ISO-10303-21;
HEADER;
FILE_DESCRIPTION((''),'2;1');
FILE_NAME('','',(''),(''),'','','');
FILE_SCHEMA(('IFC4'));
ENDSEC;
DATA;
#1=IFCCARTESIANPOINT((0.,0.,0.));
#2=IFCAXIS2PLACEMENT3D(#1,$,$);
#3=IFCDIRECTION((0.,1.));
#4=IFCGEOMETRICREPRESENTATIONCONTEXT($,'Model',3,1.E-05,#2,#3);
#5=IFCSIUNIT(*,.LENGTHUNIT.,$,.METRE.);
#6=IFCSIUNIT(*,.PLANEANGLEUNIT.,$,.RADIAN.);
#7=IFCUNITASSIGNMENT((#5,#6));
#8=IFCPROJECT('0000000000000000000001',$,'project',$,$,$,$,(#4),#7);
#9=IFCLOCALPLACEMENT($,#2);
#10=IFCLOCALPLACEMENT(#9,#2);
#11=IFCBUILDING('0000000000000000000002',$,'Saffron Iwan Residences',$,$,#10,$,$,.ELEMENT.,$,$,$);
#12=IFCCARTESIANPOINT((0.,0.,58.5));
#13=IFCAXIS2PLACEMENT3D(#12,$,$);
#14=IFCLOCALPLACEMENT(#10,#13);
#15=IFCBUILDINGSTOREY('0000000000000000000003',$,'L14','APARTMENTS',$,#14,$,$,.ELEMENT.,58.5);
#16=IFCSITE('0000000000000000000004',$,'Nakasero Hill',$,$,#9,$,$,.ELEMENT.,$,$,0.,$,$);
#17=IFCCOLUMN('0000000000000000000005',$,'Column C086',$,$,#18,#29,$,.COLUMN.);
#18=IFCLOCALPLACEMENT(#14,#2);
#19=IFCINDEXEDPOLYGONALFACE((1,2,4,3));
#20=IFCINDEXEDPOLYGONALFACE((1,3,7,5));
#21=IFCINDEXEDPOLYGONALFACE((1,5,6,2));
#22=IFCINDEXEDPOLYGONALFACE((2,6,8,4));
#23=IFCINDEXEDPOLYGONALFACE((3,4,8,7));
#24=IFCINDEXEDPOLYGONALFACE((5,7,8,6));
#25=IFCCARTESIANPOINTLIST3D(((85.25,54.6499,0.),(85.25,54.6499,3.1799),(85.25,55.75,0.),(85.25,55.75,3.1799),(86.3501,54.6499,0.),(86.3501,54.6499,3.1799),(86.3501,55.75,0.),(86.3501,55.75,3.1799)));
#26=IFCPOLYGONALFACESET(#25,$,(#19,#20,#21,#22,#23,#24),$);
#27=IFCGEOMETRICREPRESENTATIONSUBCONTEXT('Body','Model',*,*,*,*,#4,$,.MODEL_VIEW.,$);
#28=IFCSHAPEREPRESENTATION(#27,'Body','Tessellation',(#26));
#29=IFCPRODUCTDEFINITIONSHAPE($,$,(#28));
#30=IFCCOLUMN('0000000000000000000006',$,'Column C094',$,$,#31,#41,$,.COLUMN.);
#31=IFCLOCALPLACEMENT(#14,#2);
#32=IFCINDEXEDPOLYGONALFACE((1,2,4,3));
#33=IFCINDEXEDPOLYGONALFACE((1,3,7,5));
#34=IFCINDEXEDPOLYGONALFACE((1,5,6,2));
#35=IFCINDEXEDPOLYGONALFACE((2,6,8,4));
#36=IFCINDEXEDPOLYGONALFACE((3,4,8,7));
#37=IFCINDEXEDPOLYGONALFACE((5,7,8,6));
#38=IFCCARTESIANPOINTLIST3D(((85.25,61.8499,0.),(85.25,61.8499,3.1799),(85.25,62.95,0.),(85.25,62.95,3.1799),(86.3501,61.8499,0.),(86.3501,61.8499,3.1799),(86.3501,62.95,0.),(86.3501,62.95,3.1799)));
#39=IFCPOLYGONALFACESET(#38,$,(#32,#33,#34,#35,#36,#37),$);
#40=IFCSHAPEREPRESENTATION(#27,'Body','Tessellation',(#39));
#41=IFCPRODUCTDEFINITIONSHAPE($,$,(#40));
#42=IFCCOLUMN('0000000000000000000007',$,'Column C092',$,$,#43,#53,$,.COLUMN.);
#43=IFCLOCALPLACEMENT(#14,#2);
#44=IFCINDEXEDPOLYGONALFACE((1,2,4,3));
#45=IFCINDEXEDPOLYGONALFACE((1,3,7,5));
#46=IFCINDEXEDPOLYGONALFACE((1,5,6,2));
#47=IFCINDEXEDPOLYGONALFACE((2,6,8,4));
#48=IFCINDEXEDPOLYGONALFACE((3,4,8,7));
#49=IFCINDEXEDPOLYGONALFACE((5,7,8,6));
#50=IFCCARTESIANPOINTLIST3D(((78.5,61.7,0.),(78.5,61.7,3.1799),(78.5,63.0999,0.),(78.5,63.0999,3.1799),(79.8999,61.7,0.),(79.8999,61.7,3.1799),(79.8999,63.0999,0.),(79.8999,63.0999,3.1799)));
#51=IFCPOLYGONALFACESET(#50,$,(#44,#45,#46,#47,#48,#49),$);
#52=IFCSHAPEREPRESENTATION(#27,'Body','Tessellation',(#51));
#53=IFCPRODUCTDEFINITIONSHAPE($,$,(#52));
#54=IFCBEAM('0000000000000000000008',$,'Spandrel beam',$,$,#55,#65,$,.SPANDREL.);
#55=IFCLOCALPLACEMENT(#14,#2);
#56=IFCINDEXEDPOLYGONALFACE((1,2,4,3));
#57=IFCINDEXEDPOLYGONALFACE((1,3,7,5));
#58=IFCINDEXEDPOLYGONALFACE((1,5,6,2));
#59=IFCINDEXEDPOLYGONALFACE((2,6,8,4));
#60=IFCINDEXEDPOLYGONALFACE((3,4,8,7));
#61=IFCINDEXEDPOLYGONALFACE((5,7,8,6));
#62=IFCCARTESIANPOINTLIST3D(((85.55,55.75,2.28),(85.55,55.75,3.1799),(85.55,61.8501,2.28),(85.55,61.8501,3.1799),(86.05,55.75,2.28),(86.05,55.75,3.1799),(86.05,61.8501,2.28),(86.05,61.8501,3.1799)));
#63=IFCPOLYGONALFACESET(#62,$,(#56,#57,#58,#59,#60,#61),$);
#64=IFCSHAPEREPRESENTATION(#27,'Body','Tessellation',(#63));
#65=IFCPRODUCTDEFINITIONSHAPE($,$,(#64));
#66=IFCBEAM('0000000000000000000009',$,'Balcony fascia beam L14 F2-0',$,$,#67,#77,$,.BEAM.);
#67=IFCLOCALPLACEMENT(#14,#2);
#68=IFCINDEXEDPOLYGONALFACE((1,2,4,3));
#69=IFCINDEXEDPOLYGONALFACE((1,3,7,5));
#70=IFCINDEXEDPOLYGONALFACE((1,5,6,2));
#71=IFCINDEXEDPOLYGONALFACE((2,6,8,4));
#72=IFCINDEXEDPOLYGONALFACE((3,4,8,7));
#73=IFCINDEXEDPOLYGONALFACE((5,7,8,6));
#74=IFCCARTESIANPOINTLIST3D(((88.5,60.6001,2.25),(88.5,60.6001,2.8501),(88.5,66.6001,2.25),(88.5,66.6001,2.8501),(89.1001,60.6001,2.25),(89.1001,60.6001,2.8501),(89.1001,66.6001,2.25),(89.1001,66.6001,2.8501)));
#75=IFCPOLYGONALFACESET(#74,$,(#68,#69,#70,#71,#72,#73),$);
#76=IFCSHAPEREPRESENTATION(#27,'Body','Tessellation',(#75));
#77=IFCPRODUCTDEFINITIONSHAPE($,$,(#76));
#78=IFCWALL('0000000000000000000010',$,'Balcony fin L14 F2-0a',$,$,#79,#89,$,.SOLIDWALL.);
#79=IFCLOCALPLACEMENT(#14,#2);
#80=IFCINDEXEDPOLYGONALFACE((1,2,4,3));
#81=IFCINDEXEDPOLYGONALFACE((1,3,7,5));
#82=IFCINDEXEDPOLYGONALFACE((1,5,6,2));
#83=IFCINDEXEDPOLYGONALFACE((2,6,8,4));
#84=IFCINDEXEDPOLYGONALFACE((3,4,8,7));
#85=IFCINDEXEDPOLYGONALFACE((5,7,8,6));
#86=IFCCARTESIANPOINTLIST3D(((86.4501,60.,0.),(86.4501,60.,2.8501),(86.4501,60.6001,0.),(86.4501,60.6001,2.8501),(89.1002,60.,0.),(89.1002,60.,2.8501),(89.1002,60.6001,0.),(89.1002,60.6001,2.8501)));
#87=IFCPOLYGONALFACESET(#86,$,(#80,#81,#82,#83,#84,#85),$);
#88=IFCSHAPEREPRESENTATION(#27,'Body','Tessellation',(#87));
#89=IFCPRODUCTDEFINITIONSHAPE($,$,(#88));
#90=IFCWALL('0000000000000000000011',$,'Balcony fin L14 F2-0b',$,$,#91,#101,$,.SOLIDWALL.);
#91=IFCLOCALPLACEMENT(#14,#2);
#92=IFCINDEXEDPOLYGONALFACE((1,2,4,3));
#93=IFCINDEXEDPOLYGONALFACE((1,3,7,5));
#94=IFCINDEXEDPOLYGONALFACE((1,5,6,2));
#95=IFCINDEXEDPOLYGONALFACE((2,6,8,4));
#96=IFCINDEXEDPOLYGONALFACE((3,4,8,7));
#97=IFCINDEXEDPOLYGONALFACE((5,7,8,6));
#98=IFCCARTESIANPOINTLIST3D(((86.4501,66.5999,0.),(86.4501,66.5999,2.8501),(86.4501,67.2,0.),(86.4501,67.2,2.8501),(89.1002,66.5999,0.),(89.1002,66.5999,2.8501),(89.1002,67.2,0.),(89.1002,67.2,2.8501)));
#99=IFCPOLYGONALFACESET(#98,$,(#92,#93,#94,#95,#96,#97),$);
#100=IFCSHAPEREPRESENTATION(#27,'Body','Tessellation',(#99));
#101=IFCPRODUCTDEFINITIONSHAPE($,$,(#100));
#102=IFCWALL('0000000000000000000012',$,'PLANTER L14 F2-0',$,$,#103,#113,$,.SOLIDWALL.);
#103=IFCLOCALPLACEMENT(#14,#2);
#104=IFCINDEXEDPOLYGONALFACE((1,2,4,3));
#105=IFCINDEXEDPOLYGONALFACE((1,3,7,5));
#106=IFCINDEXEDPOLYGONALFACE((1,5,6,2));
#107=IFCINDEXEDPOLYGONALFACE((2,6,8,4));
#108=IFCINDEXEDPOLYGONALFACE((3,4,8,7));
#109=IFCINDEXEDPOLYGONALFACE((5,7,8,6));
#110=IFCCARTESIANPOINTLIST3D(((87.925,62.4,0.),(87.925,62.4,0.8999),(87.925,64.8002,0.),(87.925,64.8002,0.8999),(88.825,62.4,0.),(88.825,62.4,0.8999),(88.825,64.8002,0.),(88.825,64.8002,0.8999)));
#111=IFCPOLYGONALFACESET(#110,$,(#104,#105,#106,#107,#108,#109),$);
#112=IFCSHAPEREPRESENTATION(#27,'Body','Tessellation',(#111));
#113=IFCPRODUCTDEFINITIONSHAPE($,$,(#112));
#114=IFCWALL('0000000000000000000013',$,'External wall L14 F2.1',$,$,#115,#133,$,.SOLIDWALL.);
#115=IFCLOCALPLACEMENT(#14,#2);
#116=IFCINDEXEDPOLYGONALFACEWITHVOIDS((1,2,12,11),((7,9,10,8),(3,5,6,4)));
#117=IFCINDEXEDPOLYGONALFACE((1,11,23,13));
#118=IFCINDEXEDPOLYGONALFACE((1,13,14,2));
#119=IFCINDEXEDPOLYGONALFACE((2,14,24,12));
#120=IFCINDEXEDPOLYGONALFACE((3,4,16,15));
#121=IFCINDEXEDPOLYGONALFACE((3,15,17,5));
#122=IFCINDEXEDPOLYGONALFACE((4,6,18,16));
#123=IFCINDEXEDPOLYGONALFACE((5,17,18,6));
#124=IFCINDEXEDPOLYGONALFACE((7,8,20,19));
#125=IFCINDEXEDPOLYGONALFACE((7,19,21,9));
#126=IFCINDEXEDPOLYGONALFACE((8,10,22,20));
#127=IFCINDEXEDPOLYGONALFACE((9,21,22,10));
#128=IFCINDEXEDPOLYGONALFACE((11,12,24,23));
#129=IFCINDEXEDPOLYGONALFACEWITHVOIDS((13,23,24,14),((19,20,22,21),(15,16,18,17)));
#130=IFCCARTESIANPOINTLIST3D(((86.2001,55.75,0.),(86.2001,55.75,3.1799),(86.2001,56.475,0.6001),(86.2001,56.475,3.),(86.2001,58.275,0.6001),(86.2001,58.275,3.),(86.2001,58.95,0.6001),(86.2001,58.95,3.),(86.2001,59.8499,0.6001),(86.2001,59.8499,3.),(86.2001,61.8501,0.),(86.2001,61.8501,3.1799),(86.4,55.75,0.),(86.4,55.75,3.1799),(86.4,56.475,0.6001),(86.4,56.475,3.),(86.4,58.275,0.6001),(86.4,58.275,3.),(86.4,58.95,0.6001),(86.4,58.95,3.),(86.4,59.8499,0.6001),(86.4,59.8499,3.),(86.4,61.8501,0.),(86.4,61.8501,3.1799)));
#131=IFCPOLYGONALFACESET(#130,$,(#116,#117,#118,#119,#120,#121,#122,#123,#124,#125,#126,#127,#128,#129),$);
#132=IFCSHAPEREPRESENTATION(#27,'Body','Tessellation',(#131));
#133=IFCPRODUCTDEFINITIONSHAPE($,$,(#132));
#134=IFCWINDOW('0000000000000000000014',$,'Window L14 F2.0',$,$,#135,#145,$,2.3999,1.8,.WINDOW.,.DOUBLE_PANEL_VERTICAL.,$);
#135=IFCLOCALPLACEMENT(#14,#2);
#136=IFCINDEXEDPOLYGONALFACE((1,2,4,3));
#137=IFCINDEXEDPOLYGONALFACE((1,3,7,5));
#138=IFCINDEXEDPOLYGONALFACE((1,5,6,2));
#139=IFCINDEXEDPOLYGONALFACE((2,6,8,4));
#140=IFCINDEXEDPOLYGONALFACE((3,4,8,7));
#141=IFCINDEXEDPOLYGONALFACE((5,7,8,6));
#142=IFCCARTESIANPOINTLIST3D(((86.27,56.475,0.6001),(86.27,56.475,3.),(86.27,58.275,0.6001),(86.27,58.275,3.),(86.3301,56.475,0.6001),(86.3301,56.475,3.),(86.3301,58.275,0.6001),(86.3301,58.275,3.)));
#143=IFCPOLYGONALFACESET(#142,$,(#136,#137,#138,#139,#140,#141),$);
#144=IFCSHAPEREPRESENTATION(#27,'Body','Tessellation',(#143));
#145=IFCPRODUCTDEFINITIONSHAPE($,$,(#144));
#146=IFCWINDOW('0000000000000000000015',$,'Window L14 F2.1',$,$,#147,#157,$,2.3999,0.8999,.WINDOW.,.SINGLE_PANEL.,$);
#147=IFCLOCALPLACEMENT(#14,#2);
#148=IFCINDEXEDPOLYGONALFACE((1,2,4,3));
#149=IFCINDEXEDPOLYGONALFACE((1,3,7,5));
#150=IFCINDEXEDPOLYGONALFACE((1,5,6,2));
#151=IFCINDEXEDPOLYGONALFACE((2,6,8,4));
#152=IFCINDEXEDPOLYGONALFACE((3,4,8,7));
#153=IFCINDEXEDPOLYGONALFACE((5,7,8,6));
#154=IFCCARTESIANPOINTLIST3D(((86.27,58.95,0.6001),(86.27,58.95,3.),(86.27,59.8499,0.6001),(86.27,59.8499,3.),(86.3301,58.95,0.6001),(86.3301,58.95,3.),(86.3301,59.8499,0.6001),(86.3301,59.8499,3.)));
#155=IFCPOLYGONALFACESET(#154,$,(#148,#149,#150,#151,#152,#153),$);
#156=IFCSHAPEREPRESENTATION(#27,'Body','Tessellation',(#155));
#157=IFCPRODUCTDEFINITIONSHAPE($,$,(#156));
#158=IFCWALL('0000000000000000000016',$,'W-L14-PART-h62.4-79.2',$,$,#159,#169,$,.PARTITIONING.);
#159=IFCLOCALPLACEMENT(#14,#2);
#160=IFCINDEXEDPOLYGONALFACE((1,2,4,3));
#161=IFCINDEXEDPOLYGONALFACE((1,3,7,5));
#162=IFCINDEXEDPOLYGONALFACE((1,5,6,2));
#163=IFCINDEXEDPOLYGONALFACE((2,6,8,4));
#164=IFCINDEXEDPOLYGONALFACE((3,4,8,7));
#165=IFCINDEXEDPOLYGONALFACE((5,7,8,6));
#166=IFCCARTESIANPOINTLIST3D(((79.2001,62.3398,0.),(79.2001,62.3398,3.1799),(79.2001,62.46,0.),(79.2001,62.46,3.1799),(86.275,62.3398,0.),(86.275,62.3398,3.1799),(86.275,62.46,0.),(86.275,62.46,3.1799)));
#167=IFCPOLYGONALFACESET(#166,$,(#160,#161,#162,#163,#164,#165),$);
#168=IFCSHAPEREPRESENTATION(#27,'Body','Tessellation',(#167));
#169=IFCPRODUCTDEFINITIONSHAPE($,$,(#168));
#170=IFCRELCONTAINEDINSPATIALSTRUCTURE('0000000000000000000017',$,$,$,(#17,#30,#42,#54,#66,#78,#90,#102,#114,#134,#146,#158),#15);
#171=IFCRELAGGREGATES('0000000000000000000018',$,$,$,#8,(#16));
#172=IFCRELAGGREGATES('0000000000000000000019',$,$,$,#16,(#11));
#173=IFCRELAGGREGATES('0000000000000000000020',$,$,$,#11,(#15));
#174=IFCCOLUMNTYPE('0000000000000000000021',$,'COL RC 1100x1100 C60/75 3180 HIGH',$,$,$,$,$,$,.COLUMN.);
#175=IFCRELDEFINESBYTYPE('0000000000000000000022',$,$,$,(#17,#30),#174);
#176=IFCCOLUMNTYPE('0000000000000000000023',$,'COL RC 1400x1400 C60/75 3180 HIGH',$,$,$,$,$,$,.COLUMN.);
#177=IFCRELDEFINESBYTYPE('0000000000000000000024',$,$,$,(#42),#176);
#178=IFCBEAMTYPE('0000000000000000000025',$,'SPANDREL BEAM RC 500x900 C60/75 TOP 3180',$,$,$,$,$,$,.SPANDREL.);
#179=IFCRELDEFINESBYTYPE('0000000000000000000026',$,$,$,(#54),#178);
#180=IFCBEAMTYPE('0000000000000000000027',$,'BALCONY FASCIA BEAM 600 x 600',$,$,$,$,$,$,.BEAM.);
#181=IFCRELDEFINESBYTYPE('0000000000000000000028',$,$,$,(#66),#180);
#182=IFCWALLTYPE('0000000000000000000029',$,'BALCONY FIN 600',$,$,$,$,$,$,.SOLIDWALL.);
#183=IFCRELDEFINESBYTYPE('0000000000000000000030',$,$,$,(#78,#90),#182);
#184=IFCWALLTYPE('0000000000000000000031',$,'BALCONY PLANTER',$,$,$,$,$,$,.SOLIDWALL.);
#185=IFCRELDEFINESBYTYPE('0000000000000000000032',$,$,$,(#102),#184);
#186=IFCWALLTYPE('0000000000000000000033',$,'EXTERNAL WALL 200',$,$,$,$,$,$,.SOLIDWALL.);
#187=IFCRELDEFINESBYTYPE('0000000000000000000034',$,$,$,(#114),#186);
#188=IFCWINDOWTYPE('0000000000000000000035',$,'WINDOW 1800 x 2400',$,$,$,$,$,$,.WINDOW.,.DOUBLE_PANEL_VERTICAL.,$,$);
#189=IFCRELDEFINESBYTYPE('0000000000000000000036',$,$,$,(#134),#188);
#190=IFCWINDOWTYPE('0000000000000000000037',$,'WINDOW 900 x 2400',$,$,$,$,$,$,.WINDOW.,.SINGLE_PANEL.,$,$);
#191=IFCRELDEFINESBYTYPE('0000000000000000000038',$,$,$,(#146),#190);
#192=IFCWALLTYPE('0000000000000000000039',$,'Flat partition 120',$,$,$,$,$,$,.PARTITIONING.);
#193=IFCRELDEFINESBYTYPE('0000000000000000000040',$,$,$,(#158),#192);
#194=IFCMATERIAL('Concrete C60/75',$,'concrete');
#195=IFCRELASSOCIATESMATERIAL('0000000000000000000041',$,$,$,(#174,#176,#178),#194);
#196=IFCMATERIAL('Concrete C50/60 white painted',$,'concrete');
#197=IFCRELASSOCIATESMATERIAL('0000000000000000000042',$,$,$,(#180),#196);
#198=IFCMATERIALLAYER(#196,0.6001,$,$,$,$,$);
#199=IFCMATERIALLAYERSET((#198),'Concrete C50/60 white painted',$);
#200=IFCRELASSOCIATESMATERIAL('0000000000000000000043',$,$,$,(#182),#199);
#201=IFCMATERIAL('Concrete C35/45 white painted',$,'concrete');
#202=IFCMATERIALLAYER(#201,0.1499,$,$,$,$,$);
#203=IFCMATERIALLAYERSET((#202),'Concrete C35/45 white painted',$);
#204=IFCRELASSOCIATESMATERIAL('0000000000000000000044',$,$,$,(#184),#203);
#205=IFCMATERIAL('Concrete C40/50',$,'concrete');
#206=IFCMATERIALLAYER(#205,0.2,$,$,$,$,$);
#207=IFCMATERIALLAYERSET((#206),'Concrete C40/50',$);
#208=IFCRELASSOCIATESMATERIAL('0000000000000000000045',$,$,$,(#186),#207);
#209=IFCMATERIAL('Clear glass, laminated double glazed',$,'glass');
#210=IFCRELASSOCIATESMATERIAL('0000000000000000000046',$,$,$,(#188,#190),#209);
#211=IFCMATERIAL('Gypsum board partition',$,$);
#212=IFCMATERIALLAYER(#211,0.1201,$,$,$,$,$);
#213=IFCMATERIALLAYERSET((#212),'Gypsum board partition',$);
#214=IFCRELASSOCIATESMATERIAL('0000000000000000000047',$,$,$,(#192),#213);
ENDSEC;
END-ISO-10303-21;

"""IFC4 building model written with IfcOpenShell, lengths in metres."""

from ifc_helpers import new_model, si_unit, direction, frame, frame_2d, origin, origin_2d, place, context, subcontext, project, spatial, rectangle, extrude, source, transform, mapped, material, layer, layer_set, material_profile, profile_set, type_object, element, fill, save


model = new_model("IFC4")

# Units and contexts
model_context = context("Model", 3, precision=1e-05, world=origin(), true_north=direction((0.0, 1.0)))
body_context = subcontext(model_context, "Body", "Model", "MODEL_VIEW")
ifc_project = project(units=[si_unit("LENGTHUNIT", "METRE"), si_unit("PLANEANGLEUNIT", "RADIAN")], contexts=[model_context])

# Site, building, storey
site_placement = place(None, origin())
site = spatial("IfcSite", under=ifc_project, at=site_placement, Name="Nakasero Hill", CompositionType="ELEMENT", RefElevation=0.0)
building_placement = place(site_placement, origin())
building = spatial("IfcBuilding", under=site, at=building_placement, Name="Saffron Iwan Residences", CompositionType="ELEMENT")
storey_placement = place(building_placement, frame((0.0, 0.0, 58.5)))
storey = spatial("IfcBuildingStorey", under=building, at=storey_placement, Name="L14", Description="APARTMENTS", CompositionType="ELEMENT", Elevation=58.5)

# Columns
ifc_material_1 = material(Name="Concrete C60/75", Category="concrete")
ifc_material_profile_1 = material_profile(ifc_material_1, rectangle(XDim=1.1001, YDim=1.1001, at=origin_2d()), Name="RC 1100x1100")
ifc_profile_set_1 = profile_set([ifc_material_profile_1], Name="Concrete C60/75")
column_type_1 = type_object("IfcColumnType", Name="COL RC 1100x1100 C60/75 3180 HIGH", PredefinedType="COLUMN", material=ifc_profile_set_1)
shared_shape_1 = source(origin(), body_context, "Body", "SweptSolid", [
    extrude(rectangle(XDim=1.1001, YDim=1.1001, at=origin_2d()), origin(), (0.0, 0.0, 1.0), 3.1799),
])
for number, where, z_axis, x_axis, name in (
    (1, (85.8, 55.2, 0.0), (0.0, 0.0, 1.0), (1.0, 0.0, 0.0), "Column C086"),
    (2, (85.8, 62.3999, 0.0), (0.0, 0.0, 1.0), (1.0, 0.0, 0.0), "Column C094"),
):
    element("IfcColumn", number, at=place(storey_placement, frame(where, z_axis=z_axis, x_axis=x_axis)), inside=storey, type_object=column_type_1, Name=name, PredefinedType="COLUMN", context=body_context, shape_type="MappedRepresentation", body=[
        mapped(shared_shape_1, transform((0.0, 0.0, 0.0))),
    ])
ifc_material_profile_2 = material_profile(ifc_material_1, rectangle(XDim=1.3999, YDim=1.3999, at=origin_2d()), Name="RC 1400x1400")
ifc_profile_set_2 = profile_set([ifc_material_profile_2], Name="Concrete C60/75")
column_type_2 = type_object("IfcColumnType", Name="COL RC 1400x1400 C60/75 3180 HIGH", PredefinedType="COLUMN", material=ifc_profile_set_2)
shared_shape_2 = source(origin(), body_context, "Body", "SweptSolid", [
    extrude(rectangle(XDim=1.3999, YDim=1.3999, at=origin_2d()), origin(), (0.0, 0.0, 1.0), 3.1799),
])
column_placement = place(storey_placement, frame((79.2, 62.3999, 0.0), z_axis=(0.0, 0.0, 1.0), x_axis=(1.0, 0.0, 0.0)))
element("IfcColumn", 3, at=column_placement, inside=storey, type_object=column_type_2, Name="Column C092", PredefinedType="COLUMN", context=body_context, shape_type="MappedRepresentation", body=[
    mapped(shared_shape_2, transform((0.0, 0.0, 0.0))),
])

# Beams
ifc_material_profile_3 = material_profile(ifc_material_1, rectangle(XDim=0.5, YDim=0.8999, at=origin_2d()), Name="RC 500x900")
ifc_profile_set_3 = profile_set([ifc_material_profile_3], Name="Concrete C60/75")
beam_type_1 = type_object("IfcBeamType", Name="SPANDREL BEAM RC 500x900 C60/75 TOP 3180", PredefinedType="SPANDREL", material=ifc_profile_set_3)
shared_shape_3 = source(origin(), body_context, "Body", "SweptSolid", [
    extrude(rectangle(XDim=0.5, YDim=0.8999, at=origin_2d()), origin(), (0.0, 0.0, 1.0), 6.1001),
])
beam_1_placement = place(storey_placement, frame((85.8, 61.8501, 2.73), z_axis=(0.0, -1.0, 0.0), x_axis=(1.0, 0.0, 0.0)))
element("IfcBeam", 4, at=beam_1_placement, inside=storey, type_object=beam_type_1, Name="Spandrel beam", PredefinedType="SPANDREL", context=body_context, shape_type="MappedRepresentation", body=[
    mapped(shared_shape_3, transform((0.0, 0.0, 0.0))),
])
ifc_material_2 = material(Name="Concrete C50/60 white painted", Category="concrete")
ifc_material_profile_4 = material_profile(ifc_material_2, rectangle(XDim=0.6001, YDim=0.6001, at=origin_2d()), Name="BALCONY FASCIA BEAM 600 x 600")
ifc_profile_set_4 = profile_set([ifc_material_profile_4], Name="Concrete C50/60 white painted")
beam_type_2 = type_object("IfcBeamType", Name="BALCONY FASCIA BEAM 600 x 600", PredefinedType="BEAM", material=ifc_profile_set_4)
shared_shape_4 = source(origin(), body_context, "Body", "SweptSolid", [
    extrude(rectangle(XDim=0.6001, YDim=0.6001, at=origin_2d()), origin(), (0.0, 0.0, 1.0), 6.0),
])
beam_2_placement = place(storey_placement, frame((88.8, 60.6001, 2.55), z_axis=(0.0, 1.0, 0.0), x_axis=(-1.0, 0.0, 0.0)))
element("IfcBeam", 5, at=beam_2_placement, inside=storey, type_object=beam_type_2, Name="Balcony fascia beam L14 F2-0", PredefinedType="BEAM", context=body_context, shape_type="MappedRepresentation", body=[
    mapped(shared_shape_4, transform((0.0, 0.0, 0.0))),
])

# Walls
ifc_layer_1 = layer(ifc_material_2, 0.6001)
ifc_layer_set_1 = layer_set([ifc_layer_1], Name="Concrete C50/60 white painted")
wall_type_1 = type_object("IfcWallType", Name="BALCONY FIN 600", PredefinedType="SOLIDWALL", material=ifc_layer_set_1)
for number, where, z_axis, x_axis, name in (
    (6, (86.45, 60.3, 0.0), (0.0, 0.0, 1.0), (1.0, 0.0, 0.0), "Balcony fin L14 F2-0a"),
    (7, (86.45, 66.8999, 0.0), (0.0, 0.0, 1.0), (1.0, 0.0, 0.0), "Balcony fin L14 F2-0b"),
):
    element("IfcWall", number, at=place(storey_placement, frame(where, z_axis=z_axis, x_axis=x_axis)), inside=storey, type_object=wall_type_1, Name=name, PredefinedType="SOLIDWALL", context=body_context, shape_type="SweptSolid", body=[
        extrude(rectangle(XDim=2.6501, YDim=0.6001, at=frame_2d((1.3252, 0.0))), origin(), (0.0, 0.0, 1.0), 2.8501),
    ])
ifc_material_3 = material(Name="Concrete C35/45 white painted", Category="concrete")
ifc_layer_2 = layer(ifc_material_3, 0.1499)
ifc_layer_set_2 = layer_set([ifc_layer_2], Name="Concrete C35/45 white painted")
wall_type_2 = type_object("IfcWallType", Name="BALCONY PLANTER", PredefinedType="SOLIDWALL", material=ifc_layer_set_2)
wall_1_placement = place(storey_placement, frame((88.375, 62.3999, 0.0), z_axis=(0.0, 0.0, 1.0), x_axis=(0.0, 1.0, 0.0)))
element("IfcWall", 8, at=wall_1_placement, inside=storey, type_object=wall_type_2, Name="PLANTER L14 F2-0", PredefinedType="SOLIDWALL", context=body_context, shape_type="SweptSolid", body=[
    extrude(rectangle(XDim=2.4001, YDim=0.8999, at=frame_2d((1.2002, 0.0))), origin(), (0.0, 0.0, 1.0), 0.8999),
])

# Wall, openings, windows
ifc_material_4 = material(Name="Concrete C40/50", Category="concrete")
ifc_layer_3 = layer(ifc_material_4, 0.2)
ifc_layer_set_3 = layer_set([ifc_layer_3], Name="Concrete C40/50")
wall_type_3 = type_object("IfcWallType", Name="EXTERNAL WALL 200", PredefinedType="SOLIDWALL", material=ifc_layer_set_3)
wall_2_placement = place(storey_placement, frame((86.3, 55.75, 0.0), z_axis=(0.0, 0.0, 1.0), x_axis=(0.0, 1.0, 0.0)))
wall_2 = element("IfcWall", 9, at=wall_2_placement, inside=storey, type_object=wall_type_3, Name="External wall L14 F2.1", PredefinedType="SOLIDWALL", context=body_context, shape_type="SweptSolid", body=[
    extrude(rectangle(XDim=6.1001, YDim=0.2, at=frame_2d((3.05, 0.0))), origin(), (0.0, 0.0, 1.0), 3.1799),
])
opening_1_placement = place(wall_2_placement, frame((0.7251, 0.0, 0.6001)))
opening_1 = element("IfcOpeningElement", 10, at=opening_1_placement, cuts=wall_2, PredefinedType="OPENING", context=body_context, shape_type="SweptSolid", body=[
    extrude(rectangle(XDim=1.8, YDim=2.3999, at=frame_2d((0.8999, 1.2))), frame((0.0, 0.1099, 0.0), z_axis=(0.0, -1.0, 0.0), x_axis=(1.0, 0.0, 0.0)), (0.0, 0.0, 1.0), 0.22),
])
opening_2_placement = place(wall_2_placement, frame((3.2, 0.0, 0.6001)))
opening_2 = element("IfcOpeningElement", 11, at=opening_2_placement, cuts=wall_2, PredefinedType="OPENING", context=body_context, shape_type="SweptSolid", body=[
    extrude(rectangle(XDim=0.8999, YDim=2.3999, at=frame_2d((0.45, 1.2))), frame((0.0, 0.1099, 0.0), z_axis=(0.0, -1.0, 0.0), x_axis=(1.0, 0.0, 0.0)), (0.0, 0.0, 1.0), 0.22),
])
ifc_material_5 = material(Name="Clear glass, laminated double glazed", Category="glass")
window_type_1 = type_object("IfcWindowType", Name="WINDOW 1800 x 2400", PartitioningType="DOUBLE_PANEL_VERTICAL", PredefinedType="WINDOW", material=ifc_material_5)
window_1_placement = place(opening_1_placement, origin())
window_1 = element("IfcWindow", 12, at=window_1_placement, inside=storey, type_object=window_type_1, Name="Window L14 F2.0", OverallHeight=2.3999, OverallWidth=1.8, PartitioningType="DOUBLE_PANEL_VERTICAL", PredefinedType="WINDOW", context=body_context, shape_type="SweptSolid", body=[
    extrude(rectangle(XDim=1.8, YDim=2.3999, at=frame_2d((0.8999, 1.2))), frame((0.0, 0.03, 0.0), z_axis=(0.0, -1.0, 0.0), x_axis=(1.0, 0.0, 0.0)), (0.0, 0.0, 1.0), 0.0601),
])
fill(opening_1, window_1)
window_type_2 = type_object("IfcWindowType", Name="WINDOW 900 x 2400", PartitioningType="SINGLE_PANEL", PredefinedType="WINDOW", material=ifc_material_5)
window_2_placement = place(opening_2_placement, origin())
window_2 = element("IfcWindow", 13, at=window_2_placement, inside=storey, type_object=window_type_2, Name="Window L14 F2.1", OverallHeight=2.3999, OverallWidth=0.8999, PartitioningType="SINGLE_PANEL", PredefinedType="WINDOW", context=body_context, shape_type="SweptSolid", body=[
    extrude(rectangle(XDim=0.8999, YDim=2.3999, at=frame_2d((0.45, 1.2))), frame((0.0, 0.03, 0.0), z_axis=(0.0, -1.0, 0.0), x_axis=(1.0, 0.0, 0.0)), (0.0, 0.0, 1.0), 0.0601),
])
fill(opening_2, window_2)

# Wall
ifc_material_6 = material(Name="Gypsum board partition")
ifc_layer_4 = layer(ifc_material_6, 0.1201)
ifc_layer_set_4 = layer_set([ifc_layer_4], Name="Gypsum board partition")
wall_type_4 = type_object("IfcWallType", Name="Flat partition 120", PredefinedType="PARTITIONING", material=ifc_layer_set_4)
wall_3_placement = place(storey_placement, frame((79.2, 62.3999, 0.0), z_axis=(0.0, 0.0, 1.0), x_axis=(1.0, 0.0, 0.0)))
element("IfcWall", 14, at=wall_3_placement, inside=storey, type_object=wall_type_4, Name="W-L14-PART-h62.4-79.2", PredefinedType="PARTITIONING", context=body_context, shape_type="SweptSolid", body=[
    extrude(rectangle(XDim=7.075, YDim=0.1201, at=frame_2d((3.5376, 0.0))), origin(), (0.0, 0.0, 1.0), 3.1799),
])

save(model, "model.ifc")
